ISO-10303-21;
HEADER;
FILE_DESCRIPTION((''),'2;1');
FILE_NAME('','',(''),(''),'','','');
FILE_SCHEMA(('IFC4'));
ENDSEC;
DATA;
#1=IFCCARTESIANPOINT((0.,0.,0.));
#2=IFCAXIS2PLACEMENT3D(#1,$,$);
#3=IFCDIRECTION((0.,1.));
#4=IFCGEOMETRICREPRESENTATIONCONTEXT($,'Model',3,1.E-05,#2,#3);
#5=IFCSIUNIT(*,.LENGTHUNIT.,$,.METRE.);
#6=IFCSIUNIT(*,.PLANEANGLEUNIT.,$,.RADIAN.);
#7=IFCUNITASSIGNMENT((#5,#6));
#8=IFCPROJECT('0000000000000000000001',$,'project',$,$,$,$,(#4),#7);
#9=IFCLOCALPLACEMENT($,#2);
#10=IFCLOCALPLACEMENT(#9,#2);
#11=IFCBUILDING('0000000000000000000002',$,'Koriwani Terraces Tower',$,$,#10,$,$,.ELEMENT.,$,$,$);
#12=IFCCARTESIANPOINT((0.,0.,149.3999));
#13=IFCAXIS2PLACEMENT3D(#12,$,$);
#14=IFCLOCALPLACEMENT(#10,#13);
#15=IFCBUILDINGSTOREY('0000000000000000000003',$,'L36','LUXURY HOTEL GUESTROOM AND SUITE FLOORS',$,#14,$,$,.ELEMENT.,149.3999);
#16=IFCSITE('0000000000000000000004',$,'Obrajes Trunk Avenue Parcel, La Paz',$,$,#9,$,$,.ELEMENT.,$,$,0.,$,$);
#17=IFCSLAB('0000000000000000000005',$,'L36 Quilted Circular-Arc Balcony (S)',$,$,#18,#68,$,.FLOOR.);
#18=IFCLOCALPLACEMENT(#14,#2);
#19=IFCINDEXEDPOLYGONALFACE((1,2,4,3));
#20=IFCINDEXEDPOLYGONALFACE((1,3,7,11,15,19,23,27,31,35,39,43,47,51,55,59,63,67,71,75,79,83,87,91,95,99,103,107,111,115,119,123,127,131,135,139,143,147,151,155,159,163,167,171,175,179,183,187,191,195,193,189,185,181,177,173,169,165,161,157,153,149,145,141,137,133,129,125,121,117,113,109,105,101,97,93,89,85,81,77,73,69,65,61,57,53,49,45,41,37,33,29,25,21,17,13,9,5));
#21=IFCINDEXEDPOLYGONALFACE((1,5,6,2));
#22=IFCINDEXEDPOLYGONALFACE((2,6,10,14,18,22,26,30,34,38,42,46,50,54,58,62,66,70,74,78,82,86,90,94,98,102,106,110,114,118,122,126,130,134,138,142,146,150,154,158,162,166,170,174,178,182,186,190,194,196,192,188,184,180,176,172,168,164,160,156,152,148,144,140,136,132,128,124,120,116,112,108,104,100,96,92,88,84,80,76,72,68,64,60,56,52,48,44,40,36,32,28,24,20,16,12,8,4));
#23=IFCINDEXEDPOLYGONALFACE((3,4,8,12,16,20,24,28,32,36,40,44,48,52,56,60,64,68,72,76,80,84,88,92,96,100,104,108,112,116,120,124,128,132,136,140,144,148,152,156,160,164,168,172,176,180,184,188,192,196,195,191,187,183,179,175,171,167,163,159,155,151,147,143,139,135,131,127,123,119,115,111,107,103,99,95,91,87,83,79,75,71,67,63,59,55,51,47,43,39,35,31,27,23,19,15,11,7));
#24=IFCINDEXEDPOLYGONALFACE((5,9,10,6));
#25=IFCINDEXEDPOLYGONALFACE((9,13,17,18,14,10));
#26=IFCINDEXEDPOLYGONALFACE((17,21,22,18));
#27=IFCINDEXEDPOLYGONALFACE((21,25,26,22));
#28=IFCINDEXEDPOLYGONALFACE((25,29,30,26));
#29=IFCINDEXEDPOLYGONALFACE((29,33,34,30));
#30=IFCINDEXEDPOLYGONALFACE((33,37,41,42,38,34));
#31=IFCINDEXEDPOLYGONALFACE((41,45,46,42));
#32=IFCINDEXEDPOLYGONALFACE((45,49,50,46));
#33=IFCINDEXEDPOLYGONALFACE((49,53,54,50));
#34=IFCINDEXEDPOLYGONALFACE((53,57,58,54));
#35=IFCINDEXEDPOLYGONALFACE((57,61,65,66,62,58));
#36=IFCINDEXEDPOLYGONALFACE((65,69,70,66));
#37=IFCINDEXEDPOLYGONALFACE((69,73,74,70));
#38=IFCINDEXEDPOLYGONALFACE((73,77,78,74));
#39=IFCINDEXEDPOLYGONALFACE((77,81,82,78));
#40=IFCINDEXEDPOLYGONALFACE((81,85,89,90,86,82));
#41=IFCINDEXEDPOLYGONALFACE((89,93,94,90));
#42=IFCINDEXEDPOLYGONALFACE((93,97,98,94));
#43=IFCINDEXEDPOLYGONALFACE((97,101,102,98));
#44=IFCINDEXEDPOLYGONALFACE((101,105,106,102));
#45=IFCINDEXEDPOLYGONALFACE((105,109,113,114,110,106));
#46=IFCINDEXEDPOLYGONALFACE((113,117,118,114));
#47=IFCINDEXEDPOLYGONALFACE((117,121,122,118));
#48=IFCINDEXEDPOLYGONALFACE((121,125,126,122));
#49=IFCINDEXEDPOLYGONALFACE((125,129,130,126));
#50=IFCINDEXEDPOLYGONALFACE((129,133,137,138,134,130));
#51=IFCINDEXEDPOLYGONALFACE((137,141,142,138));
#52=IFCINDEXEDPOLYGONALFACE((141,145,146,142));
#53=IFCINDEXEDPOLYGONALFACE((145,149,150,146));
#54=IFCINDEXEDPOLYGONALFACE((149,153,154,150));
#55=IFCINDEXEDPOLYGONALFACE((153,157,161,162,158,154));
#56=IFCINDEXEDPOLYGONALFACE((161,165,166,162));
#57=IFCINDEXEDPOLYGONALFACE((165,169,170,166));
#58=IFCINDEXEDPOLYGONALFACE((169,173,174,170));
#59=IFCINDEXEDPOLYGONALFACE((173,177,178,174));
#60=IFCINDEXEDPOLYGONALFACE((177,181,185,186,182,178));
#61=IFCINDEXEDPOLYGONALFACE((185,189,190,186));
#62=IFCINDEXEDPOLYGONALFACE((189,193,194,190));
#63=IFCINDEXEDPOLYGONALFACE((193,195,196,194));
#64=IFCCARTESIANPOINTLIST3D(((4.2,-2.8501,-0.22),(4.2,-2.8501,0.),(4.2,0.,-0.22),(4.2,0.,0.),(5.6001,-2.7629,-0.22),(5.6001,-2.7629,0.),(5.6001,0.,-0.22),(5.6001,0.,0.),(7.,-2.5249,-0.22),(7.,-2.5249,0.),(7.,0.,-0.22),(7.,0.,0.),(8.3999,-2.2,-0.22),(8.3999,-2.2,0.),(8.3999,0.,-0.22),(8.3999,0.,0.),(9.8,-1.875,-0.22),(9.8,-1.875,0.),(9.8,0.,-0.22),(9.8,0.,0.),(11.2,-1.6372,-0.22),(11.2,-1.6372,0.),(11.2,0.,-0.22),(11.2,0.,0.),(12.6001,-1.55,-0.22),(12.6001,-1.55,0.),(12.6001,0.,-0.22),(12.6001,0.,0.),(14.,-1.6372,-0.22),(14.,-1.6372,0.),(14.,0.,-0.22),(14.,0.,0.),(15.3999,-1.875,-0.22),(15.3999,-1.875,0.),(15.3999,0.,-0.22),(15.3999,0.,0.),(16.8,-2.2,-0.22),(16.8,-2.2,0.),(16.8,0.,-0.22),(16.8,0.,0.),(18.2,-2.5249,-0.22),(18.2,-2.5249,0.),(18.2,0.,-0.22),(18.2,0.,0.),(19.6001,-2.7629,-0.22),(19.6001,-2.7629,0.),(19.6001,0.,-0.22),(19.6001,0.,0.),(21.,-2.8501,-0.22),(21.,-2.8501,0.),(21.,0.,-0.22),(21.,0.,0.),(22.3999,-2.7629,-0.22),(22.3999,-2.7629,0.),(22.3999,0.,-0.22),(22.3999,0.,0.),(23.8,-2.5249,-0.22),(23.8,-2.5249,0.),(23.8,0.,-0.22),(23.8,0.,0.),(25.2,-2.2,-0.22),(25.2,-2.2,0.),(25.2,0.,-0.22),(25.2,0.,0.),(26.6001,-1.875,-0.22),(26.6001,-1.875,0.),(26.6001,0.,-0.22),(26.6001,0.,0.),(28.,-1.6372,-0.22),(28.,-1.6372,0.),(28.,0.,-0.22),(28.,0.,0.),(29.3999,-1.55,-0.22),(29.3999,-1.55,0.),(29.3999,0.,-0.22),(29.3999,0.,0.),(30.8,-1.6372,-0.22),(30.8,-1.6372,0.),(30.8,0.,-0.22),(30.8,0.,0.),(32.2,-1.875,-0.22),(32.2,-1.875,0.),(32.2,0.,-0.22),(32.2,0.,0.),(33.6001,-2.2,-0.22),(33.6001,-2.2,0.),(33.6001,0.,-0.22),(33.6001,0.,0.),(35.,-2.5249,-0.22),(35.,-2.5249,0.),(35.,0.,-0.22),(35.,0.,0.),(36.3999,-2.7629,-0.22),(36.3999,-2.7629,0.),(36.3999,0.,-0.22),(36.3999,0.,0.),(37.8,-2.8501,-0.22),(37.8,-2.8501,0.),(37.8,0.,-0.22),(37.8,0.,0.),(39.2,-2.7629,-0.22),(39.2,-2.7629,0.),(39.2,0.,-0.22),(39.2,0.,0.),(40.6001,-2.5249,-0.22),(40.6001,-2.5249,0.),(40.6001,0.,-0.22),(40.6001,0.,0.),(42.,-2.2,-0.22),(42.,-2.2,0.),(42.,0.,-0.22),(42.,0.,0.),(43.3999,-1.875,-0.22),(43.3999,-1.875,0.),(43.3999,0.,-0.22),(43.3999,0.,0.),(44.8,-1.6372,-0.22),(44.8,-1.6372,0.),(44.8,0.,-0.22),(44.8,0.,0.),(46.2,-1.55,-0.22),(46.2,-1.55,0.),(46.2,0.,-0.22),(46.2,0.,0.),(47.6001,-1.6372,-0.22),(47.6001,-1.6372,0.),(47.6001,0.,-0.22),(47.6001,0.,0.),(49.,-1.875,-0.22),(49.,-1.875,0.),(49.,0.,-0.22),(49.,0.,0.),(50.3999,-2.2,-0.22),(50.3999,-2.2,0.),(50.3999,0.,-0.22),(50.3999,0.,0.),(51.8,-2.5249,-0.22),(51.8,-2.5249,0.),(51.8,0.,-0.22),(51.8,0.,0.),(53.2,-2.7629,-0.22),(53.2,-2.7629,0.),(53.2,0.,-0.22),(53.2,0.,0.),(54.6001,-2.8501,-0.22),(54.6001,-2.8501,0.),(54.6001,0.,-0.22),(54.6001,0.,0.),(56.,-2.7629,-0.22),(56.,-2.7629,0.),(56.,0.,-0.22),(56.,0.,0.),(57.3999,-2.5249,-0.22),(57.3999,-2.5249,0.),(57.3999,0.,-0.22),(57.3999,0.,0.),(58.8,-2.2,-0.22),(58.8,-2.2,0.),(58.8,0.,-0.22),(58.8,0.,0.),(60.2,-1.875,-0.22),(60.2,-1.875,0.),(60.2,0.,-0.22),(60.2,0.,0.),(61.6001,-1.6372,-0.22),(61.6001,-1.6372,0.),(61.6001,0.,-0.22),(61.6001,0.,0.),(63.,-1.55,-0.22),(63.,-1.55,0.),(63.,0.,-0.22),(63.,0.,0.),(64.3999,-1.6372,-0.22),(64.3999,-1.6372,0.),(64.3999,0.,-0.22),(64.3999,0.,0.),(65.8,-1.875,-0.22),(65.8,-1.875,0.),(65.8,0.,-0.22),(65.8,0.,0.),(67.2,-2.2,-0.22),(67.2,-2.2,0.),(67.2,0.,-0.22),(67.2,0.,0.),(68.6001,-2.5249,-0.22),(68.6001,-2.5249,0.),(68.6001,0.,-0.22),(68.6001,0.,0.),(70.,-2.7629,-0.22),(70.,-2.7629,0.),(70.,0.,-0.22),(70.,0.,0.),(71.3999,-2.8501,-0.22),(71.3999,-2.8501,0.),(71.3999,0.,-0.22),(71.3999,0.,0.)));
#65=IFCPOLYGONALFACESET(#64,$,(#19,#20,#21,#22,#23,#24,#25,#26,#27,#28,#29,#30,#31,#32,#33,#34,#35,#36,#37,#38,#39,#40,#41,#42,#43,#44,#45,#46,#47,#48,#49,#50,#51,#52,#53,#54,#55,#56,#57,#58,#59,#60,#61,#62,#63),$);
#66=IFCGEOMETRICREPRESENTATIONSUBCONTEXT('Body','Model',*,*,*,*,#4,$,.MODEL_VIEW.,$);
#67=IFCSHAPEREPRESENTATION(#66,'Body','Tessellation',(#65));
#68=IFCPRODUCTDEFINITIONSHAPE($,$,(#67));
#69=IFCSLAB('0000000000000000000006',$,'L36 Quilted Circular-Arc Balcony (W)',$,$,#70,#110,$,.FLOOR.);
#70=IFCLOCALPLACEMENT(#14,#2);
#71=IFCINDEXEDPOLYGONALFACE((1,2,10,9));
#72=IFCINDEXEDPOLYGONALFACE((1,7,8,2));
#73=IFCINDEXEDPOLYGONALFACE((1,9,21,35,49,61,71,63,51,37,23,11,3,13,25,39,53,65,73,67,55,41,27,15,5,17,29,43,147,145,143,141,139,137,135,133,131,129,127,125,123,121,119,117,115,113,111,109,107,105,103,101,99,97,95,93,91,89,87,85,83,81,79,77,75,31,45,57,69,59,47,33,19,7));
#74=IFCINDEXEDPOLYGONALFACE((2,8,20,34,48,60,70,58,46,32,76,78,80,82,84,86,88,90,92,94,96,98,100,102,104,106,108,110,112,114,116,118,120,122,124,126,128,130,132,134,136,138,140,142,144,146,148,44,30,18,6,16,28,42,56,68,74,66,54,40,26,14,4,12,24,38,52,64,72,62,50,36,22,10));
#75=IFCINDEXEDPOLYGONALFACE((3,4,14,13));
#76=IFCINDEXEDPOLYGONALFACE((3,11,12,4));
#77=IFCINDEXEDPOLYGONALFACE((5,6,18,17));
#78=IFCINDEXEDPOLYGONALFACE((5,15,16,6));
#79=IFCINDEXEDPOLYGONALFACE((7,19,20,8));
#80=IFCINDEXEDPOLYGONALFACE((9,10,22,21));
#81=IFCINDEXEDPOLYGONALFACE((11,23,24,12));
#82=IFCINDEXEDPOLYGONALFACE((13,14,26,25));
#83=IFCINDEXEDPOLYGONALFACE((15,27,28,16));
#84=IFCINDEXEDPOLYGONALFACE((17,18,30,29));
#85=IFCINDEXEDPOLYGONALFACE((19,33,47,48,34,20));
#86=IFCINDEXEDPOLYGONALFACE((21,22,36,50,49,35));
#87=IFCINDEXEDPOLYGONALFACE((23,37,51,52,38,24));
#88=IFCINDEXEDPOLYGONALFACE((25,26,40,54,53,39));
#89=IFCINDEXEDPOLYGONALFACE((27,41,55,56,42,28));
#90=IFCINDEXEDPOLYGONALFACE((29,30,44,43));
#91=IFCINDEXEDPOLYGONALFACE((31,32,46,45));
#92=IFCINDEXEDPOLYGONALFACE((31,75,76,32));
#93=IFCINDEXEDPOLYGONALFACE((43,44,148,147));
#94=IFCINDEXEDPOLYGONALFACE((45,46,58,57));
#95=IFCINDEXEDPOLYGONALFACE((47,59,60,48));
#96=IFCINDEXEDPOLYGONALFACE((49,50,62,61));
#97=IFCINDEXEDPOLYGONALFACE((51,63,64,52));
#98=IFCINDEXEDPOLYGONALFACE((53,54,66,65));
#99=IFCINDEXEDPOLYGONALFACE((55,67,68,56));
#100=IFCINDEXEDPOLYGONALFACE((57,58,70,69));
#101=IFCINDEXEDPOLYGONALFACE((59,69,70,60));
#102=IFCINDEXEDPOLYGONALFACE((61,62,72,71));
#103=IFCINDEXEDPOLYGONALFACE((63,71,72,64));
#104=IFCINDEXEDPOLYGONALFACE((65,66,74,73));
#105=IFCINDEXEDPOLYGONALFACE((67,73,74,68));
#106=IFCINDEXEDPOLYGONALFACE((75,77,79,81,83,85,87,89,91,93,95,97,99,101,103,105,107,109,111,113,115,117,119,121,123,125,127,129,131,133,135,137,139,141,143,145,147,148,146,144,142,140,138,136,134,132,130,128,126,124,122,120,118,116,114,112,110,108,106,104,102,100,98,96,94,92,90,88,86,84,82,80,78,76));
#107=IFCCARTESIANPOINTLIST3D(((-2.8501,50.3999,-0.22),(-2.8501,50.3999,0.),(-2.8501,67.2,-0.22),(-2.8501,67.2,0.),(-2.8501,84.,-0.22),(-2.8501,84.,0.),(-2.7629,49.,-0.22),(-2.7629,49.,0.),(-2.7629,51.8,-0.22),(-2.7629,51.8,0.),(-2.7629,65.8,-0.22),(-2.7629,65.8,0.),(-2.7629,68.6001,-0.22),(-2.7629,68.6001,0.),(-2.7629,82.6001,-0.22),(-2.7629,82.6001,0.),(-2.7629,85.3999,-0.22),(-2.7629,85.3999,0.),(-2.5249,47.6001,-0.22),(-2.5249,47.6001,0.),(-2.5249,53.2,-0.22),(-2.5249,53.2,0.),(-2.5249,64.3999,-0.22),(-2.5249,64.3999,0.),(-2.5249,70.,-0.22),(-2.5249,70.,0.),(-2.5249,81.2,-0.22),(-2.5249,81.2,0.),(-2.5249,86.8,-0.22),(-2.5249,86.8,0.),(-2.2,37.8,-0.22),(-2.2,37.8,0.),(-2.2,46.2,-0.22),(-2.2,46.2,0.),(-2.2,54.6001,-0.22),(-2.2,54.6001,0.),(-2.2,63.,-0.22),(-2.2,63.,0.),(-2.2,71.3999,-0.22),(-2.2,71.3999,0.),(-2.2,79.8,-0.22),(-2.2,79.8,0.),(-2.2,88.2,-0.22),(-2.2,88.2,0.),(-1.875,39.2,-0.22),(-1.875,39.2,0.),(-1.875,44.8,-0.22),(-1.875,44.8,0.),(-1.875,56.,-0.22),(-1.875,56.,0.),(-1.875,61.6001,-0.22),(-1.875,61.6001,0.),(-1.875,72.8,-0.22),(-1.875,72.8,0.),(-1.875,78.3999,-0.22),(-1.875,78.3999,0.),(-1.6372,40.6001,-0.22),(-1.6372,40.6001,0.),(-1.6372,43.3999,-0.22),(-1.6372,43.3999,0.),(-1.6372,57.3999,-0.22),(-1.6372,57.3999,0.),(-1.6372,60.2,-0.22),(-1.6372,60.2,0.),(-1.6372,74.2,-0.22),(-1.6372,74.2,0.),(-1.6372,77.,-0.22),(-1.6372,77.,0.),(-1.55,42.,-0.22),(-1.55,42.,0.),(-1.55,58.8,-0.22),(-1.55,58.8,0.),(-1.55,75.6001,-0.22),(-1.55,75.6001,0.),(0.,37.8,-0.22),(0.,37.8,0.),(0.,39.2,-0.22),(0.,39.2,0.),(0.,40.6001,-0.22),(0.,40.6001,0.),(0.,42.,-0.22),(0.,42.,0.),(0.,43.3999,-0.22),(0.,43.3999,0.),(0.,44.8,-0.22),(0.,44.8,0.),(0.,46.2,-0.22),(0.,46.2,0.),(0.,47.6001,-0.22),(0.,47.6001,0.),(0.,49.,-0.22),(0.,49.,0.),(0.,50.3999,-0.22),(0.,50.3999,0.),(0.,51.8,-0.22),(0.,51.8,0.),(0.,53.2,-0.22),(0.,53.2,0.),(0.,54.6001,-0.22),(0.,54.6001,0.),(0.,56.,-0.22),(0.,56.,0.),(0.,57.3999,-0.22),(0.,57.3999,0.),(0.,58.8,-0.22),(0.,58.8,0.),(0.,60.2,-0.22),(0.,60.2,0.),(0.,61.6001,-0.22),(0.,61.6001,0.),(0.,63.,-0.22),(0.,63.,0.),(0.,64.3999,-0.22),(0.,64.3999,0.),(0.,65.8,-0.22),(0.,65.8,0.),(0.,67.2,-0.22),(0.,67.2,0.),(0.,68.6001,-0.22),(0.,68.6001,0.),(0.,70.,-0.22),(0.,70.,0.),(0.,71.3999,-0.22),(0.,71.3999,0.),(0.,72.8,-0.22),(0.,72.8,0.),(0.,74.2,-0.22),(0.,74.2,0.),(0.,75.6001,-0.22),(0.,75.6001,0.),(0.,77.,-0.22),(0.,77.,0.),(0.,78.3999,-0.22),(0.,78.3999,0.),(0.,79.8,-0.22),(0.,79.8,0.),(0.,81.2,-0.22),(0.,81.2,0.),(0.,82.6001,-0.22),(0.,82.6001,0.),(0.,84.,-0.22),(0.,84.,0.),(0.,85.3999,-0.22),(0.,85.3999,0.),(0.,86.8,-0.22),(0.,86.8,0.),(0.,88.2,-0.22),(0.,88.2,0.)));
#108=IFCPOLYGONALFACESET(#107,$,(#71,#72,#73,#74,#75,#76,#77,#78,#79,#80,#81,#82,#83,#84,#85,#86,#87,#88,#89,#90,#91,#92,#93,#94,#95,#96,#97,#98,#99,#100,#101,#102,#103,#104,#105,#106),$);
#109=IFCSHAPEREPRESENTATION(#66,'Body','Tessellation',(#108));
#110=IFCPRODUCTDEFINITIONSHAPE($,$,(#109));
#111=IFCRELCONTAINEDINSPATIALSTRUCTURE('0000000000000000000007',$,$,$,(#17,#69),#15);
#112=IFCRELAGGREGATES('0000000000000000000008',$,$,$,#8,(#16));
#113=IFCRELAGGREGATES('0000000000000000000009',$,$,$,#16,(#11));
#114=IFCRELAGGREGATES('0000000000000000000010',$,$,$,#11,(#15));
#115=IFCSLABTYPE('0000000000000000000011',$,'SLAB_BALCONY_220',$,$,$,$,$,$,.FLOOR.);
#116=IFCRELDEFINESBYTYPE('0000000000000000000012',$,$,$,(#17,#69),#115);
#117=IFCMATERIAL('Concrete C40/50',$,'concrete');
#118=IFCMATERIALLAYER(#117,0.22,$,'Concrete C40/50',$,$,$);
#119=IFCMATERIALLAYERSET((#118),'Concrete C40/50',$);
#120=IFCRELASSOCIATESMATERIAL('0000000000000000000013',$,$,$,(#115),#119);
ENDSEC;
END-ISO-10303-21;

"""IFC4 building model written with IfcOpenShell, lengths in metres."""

from ifc_helpers import new_model, si_unit, direction, frame, origin, place, context, subcontext, project, spatial, polyline, outline, extrude, material, layer, layer_set, type_object, element, save


model = new_model("IFC4")

# Units and contexts
model_context = context("Model", 3, precision=1e-05, world=origin(), true_north=direction((0.0, 1.0)))
body_context = subcontext(model_context, "Body", "Model", "MODEL_VIEW")
ifc_project = project(units=[si_unit("LENGTHUNIT", "METRE"), si_unit("PLANEANGLEUNIT", "RADIAN")], contexts=[model_context])

# Site, building, storey
site_placement = place(None, origin())
site = spatial("IfcSite", under=ifc_project, at=site_placement, Name="Obrajes Trunk Avenue Parcel, La Paz", CompositionType="ELEMENT", RefElevation=0.0)
building_placement = place(site_placement, origin())
building = spatial("IfcBuilding", under=site, at=building_placement, Name="Koriwani Terraces Tower", CompositionType="ELEMENT")
storey_placement = place(building_placement, frame((0.0, 0.0, 149.3999)))
storey = spatial("IfcBuildingStorey", under=building, at=storey_placement, Name="L36", Description="LUXURY HOTEL GUESTROOM AND SUITE FLOORS", CompositionType="ELEMENT", Elevation=149.3999)

# Slabs
ifc_material_1 = material(Name="Concrete C40/50", Category="concrete")
ifc_layer_1 = layer(ifc_material_1, 0.22, Name="Concrete C40/50")
ifc_layer_set_1 = layer_set([ifc_layer_1], Name="Concrete C40/50")
slab_type_1 = type_object("IfcSlabType", Name="SLAB_BALCONY_220", PredefinedType="FLOOR", material=ifc_layer_set_1)
slab_1_placement = place(storey_placement, frame((0.0, 0.0, -0.22)))
element("IfcSlab", 1, at=slab_1_placement, inside=storey, type_object=slab_type_1, Name="L36 Quilted Circular-Arc Balcony (S)", PredefinedType="FLOOR", context=body_context, shape_type="SweptSolid", body=[
    extrude(outline(polyline([(4.2, 0.0), (5.6001, 0.0), (7.0, 0.0), (8.3999, 0.0), (9.8, 0.0), (11.2, 0.0), (12.6001, 0.0), (14.0, 0.0), (15.3999, 0.0), (16.8, 0.0), (18.2, 0.0), (19.6001, 0.0), (21.0, 0.0), (22.3999, 0.0), (23.8, 0.0), (25.2, 0.0), (26.6001, 0.0), (28.0, 0.0), (29.3999, 0.0), (30.8, 0.0), (32.2, 0.0), (33.6001, 0.0), (35.0, 0.0), (36.3999, 0.0), (37.8, 0.0), (39.2, 0.0), (40.6001, 0.0), (42.0, 0.0), (43.3999, 0.0), (44.8, 0.0), (46.2, 0.0), (47.6001, 0.0), (49.0, 0.0), (50.3999, 0.0), (51.8, 0.0), (53.2, 0.0), (54.6001, 0.0), (56.0, 0.0), (57.3999, 0.0), (58.8, 0.0), (60.2, 0.0), (61.6001, 0.0), (63.0, 0.0), (64.3999, 0.0), (65.8, 0.0), (67.2, 0.0), (68.6001, 0.0), (70.0, 0.0), (71.3999, 0.0), (71.3999, -2.8501), (70.0, -2.7629), (68.6001, -2.5249), (67.2, -2.2), (65.8, -1.875), (64.3999, -1.6372), (63.0, -1.55), (61.6001, -1.6372), (60.2, -1.875), (58.8, -2.2), (57.3999, -2.5249), (56.0, -2.7629), (54.6001, -2.8501), (53.2, -2.7629), (51.8, -2.5249), (50.3999, -2.2), (49.0, -1.875), (47.6001, -1.6372), (46.2, -1.55), (44.8, -1.6372), (43.3999, -1.875), (42.0, -2.2), (40.6001, -2.5249), (39.2, -2.7629), (37.8, -2.8501), (36.3999, -2.7629), (35.0, -2.5249), (33.6001, -2.2), (32.2, -1.875), (30.8, -1.6372), (29.3999, -1.55), (28.0, -1.6372), (26.6001, -1.875), (25.2, -2.2), (23.8, -2.5249), (22.3999, -2.7629), (21.0, -2.8501), (19.6001, -2.7629), (18.2, -2.5249), (16.8, -2.2), (15.3999, -1.875), (14.0, -1.6372), (12.6001, -1.55), (11.2, -1.6372), (9.8, -1.875), (8.3999, -2.2), (7.0, -2.5249), (5.6001, -2.7629), (4.2, -2.8501), (4.2, 0.0)])), origin(), (0.0, 0.0, 1.0), 0.22),
])
slab_2_placement = place(storey_placement, frame((0.0, 0.0, -0.22)))
element("IfcSlab", 2, at=slab_2_placement, inside=storey, type_object=slab_type_1, Name="L36 Quilted Circular-Arc Balcony (W)", PredefinedType="FLOOR", context=body_context, shape_type="SweptSolid", body=[
    extrude(outline(polyline([(0.0, 37.8), (0.0, 39.2), (0.0, 40.6001), (0.0, 42.0), (0.0, 43.3999), (0.0, 44.8), (0.0, 46.2), (0.0, 47.6001), (0.0, 49.0), (0.0, 50.3999), (0.0, 51.8), (0.0, 53.2), (0.0, 54.6001), (0.0, 56.0), (0.0, 57.3999), (0.0, 58.8), (0.0, 60.2), (0.0, 61.6001), (0.0, 63.0), (0.0, 64.3999), (0.0, 65.8), (0.0, 67.2), (0.0, 68.6001), (0.0, 70.0), (0.0, 71.3999), (0.0, 72.8), (0.0, 74.2), (0.0, 75.6001), (0.0, 77.0), (0.0, 78.3999), (0.0, 79.8), (0.0, 81.2), (0.0, 82.6001), (0.0, 84.0), (0.0, 85.3999), (0.0, 86.8), (0.0, 88.2), (-2.2, 88.2), (-2.5249, 86.8), (-2.7629, 85.3999), (-2.8501, 84.0), (-2.7629, 82.6001), (-2.5249, 81.2), (-2.2, 79.8), (-1.875, 78.3999), (-1.6372, 77.0), (-1.55, 75.6001), (-1.6372, 74.2), (-1.875, 72.8), (-2.2, 71.3999), (-2.5249, 70.0), (-2.7629, 68.6001), (-2.8501, 67.2), (-2.7629, 65.8), (-2.5249, 64.3999), (-2.2, 63.0), (-1.875, 61.6001), (-1.6372, 60.2), (-1.55, 58.8), (-1.6372, 57.3999), (-1.875, 56.0), (-2.2, 54.6001), (-2.5249, 53.2), (-2.7629, 51.8), (-2.8501, 50.3999), (-2.7629, 49.0), (-2.5249, 47.6001), (-2.2, 46.2), (-1.875, 44.8), (-1.6372, 43.3999), (-1.55, 42.0), (-1.6372, 40.6001), (-1.875, 39.2), (-2.2, 37.8), (0.0, 37.8)])), origin(), (0.0, 0.0, 1.0), 0.22),
])

save(model, "model.ifc")
